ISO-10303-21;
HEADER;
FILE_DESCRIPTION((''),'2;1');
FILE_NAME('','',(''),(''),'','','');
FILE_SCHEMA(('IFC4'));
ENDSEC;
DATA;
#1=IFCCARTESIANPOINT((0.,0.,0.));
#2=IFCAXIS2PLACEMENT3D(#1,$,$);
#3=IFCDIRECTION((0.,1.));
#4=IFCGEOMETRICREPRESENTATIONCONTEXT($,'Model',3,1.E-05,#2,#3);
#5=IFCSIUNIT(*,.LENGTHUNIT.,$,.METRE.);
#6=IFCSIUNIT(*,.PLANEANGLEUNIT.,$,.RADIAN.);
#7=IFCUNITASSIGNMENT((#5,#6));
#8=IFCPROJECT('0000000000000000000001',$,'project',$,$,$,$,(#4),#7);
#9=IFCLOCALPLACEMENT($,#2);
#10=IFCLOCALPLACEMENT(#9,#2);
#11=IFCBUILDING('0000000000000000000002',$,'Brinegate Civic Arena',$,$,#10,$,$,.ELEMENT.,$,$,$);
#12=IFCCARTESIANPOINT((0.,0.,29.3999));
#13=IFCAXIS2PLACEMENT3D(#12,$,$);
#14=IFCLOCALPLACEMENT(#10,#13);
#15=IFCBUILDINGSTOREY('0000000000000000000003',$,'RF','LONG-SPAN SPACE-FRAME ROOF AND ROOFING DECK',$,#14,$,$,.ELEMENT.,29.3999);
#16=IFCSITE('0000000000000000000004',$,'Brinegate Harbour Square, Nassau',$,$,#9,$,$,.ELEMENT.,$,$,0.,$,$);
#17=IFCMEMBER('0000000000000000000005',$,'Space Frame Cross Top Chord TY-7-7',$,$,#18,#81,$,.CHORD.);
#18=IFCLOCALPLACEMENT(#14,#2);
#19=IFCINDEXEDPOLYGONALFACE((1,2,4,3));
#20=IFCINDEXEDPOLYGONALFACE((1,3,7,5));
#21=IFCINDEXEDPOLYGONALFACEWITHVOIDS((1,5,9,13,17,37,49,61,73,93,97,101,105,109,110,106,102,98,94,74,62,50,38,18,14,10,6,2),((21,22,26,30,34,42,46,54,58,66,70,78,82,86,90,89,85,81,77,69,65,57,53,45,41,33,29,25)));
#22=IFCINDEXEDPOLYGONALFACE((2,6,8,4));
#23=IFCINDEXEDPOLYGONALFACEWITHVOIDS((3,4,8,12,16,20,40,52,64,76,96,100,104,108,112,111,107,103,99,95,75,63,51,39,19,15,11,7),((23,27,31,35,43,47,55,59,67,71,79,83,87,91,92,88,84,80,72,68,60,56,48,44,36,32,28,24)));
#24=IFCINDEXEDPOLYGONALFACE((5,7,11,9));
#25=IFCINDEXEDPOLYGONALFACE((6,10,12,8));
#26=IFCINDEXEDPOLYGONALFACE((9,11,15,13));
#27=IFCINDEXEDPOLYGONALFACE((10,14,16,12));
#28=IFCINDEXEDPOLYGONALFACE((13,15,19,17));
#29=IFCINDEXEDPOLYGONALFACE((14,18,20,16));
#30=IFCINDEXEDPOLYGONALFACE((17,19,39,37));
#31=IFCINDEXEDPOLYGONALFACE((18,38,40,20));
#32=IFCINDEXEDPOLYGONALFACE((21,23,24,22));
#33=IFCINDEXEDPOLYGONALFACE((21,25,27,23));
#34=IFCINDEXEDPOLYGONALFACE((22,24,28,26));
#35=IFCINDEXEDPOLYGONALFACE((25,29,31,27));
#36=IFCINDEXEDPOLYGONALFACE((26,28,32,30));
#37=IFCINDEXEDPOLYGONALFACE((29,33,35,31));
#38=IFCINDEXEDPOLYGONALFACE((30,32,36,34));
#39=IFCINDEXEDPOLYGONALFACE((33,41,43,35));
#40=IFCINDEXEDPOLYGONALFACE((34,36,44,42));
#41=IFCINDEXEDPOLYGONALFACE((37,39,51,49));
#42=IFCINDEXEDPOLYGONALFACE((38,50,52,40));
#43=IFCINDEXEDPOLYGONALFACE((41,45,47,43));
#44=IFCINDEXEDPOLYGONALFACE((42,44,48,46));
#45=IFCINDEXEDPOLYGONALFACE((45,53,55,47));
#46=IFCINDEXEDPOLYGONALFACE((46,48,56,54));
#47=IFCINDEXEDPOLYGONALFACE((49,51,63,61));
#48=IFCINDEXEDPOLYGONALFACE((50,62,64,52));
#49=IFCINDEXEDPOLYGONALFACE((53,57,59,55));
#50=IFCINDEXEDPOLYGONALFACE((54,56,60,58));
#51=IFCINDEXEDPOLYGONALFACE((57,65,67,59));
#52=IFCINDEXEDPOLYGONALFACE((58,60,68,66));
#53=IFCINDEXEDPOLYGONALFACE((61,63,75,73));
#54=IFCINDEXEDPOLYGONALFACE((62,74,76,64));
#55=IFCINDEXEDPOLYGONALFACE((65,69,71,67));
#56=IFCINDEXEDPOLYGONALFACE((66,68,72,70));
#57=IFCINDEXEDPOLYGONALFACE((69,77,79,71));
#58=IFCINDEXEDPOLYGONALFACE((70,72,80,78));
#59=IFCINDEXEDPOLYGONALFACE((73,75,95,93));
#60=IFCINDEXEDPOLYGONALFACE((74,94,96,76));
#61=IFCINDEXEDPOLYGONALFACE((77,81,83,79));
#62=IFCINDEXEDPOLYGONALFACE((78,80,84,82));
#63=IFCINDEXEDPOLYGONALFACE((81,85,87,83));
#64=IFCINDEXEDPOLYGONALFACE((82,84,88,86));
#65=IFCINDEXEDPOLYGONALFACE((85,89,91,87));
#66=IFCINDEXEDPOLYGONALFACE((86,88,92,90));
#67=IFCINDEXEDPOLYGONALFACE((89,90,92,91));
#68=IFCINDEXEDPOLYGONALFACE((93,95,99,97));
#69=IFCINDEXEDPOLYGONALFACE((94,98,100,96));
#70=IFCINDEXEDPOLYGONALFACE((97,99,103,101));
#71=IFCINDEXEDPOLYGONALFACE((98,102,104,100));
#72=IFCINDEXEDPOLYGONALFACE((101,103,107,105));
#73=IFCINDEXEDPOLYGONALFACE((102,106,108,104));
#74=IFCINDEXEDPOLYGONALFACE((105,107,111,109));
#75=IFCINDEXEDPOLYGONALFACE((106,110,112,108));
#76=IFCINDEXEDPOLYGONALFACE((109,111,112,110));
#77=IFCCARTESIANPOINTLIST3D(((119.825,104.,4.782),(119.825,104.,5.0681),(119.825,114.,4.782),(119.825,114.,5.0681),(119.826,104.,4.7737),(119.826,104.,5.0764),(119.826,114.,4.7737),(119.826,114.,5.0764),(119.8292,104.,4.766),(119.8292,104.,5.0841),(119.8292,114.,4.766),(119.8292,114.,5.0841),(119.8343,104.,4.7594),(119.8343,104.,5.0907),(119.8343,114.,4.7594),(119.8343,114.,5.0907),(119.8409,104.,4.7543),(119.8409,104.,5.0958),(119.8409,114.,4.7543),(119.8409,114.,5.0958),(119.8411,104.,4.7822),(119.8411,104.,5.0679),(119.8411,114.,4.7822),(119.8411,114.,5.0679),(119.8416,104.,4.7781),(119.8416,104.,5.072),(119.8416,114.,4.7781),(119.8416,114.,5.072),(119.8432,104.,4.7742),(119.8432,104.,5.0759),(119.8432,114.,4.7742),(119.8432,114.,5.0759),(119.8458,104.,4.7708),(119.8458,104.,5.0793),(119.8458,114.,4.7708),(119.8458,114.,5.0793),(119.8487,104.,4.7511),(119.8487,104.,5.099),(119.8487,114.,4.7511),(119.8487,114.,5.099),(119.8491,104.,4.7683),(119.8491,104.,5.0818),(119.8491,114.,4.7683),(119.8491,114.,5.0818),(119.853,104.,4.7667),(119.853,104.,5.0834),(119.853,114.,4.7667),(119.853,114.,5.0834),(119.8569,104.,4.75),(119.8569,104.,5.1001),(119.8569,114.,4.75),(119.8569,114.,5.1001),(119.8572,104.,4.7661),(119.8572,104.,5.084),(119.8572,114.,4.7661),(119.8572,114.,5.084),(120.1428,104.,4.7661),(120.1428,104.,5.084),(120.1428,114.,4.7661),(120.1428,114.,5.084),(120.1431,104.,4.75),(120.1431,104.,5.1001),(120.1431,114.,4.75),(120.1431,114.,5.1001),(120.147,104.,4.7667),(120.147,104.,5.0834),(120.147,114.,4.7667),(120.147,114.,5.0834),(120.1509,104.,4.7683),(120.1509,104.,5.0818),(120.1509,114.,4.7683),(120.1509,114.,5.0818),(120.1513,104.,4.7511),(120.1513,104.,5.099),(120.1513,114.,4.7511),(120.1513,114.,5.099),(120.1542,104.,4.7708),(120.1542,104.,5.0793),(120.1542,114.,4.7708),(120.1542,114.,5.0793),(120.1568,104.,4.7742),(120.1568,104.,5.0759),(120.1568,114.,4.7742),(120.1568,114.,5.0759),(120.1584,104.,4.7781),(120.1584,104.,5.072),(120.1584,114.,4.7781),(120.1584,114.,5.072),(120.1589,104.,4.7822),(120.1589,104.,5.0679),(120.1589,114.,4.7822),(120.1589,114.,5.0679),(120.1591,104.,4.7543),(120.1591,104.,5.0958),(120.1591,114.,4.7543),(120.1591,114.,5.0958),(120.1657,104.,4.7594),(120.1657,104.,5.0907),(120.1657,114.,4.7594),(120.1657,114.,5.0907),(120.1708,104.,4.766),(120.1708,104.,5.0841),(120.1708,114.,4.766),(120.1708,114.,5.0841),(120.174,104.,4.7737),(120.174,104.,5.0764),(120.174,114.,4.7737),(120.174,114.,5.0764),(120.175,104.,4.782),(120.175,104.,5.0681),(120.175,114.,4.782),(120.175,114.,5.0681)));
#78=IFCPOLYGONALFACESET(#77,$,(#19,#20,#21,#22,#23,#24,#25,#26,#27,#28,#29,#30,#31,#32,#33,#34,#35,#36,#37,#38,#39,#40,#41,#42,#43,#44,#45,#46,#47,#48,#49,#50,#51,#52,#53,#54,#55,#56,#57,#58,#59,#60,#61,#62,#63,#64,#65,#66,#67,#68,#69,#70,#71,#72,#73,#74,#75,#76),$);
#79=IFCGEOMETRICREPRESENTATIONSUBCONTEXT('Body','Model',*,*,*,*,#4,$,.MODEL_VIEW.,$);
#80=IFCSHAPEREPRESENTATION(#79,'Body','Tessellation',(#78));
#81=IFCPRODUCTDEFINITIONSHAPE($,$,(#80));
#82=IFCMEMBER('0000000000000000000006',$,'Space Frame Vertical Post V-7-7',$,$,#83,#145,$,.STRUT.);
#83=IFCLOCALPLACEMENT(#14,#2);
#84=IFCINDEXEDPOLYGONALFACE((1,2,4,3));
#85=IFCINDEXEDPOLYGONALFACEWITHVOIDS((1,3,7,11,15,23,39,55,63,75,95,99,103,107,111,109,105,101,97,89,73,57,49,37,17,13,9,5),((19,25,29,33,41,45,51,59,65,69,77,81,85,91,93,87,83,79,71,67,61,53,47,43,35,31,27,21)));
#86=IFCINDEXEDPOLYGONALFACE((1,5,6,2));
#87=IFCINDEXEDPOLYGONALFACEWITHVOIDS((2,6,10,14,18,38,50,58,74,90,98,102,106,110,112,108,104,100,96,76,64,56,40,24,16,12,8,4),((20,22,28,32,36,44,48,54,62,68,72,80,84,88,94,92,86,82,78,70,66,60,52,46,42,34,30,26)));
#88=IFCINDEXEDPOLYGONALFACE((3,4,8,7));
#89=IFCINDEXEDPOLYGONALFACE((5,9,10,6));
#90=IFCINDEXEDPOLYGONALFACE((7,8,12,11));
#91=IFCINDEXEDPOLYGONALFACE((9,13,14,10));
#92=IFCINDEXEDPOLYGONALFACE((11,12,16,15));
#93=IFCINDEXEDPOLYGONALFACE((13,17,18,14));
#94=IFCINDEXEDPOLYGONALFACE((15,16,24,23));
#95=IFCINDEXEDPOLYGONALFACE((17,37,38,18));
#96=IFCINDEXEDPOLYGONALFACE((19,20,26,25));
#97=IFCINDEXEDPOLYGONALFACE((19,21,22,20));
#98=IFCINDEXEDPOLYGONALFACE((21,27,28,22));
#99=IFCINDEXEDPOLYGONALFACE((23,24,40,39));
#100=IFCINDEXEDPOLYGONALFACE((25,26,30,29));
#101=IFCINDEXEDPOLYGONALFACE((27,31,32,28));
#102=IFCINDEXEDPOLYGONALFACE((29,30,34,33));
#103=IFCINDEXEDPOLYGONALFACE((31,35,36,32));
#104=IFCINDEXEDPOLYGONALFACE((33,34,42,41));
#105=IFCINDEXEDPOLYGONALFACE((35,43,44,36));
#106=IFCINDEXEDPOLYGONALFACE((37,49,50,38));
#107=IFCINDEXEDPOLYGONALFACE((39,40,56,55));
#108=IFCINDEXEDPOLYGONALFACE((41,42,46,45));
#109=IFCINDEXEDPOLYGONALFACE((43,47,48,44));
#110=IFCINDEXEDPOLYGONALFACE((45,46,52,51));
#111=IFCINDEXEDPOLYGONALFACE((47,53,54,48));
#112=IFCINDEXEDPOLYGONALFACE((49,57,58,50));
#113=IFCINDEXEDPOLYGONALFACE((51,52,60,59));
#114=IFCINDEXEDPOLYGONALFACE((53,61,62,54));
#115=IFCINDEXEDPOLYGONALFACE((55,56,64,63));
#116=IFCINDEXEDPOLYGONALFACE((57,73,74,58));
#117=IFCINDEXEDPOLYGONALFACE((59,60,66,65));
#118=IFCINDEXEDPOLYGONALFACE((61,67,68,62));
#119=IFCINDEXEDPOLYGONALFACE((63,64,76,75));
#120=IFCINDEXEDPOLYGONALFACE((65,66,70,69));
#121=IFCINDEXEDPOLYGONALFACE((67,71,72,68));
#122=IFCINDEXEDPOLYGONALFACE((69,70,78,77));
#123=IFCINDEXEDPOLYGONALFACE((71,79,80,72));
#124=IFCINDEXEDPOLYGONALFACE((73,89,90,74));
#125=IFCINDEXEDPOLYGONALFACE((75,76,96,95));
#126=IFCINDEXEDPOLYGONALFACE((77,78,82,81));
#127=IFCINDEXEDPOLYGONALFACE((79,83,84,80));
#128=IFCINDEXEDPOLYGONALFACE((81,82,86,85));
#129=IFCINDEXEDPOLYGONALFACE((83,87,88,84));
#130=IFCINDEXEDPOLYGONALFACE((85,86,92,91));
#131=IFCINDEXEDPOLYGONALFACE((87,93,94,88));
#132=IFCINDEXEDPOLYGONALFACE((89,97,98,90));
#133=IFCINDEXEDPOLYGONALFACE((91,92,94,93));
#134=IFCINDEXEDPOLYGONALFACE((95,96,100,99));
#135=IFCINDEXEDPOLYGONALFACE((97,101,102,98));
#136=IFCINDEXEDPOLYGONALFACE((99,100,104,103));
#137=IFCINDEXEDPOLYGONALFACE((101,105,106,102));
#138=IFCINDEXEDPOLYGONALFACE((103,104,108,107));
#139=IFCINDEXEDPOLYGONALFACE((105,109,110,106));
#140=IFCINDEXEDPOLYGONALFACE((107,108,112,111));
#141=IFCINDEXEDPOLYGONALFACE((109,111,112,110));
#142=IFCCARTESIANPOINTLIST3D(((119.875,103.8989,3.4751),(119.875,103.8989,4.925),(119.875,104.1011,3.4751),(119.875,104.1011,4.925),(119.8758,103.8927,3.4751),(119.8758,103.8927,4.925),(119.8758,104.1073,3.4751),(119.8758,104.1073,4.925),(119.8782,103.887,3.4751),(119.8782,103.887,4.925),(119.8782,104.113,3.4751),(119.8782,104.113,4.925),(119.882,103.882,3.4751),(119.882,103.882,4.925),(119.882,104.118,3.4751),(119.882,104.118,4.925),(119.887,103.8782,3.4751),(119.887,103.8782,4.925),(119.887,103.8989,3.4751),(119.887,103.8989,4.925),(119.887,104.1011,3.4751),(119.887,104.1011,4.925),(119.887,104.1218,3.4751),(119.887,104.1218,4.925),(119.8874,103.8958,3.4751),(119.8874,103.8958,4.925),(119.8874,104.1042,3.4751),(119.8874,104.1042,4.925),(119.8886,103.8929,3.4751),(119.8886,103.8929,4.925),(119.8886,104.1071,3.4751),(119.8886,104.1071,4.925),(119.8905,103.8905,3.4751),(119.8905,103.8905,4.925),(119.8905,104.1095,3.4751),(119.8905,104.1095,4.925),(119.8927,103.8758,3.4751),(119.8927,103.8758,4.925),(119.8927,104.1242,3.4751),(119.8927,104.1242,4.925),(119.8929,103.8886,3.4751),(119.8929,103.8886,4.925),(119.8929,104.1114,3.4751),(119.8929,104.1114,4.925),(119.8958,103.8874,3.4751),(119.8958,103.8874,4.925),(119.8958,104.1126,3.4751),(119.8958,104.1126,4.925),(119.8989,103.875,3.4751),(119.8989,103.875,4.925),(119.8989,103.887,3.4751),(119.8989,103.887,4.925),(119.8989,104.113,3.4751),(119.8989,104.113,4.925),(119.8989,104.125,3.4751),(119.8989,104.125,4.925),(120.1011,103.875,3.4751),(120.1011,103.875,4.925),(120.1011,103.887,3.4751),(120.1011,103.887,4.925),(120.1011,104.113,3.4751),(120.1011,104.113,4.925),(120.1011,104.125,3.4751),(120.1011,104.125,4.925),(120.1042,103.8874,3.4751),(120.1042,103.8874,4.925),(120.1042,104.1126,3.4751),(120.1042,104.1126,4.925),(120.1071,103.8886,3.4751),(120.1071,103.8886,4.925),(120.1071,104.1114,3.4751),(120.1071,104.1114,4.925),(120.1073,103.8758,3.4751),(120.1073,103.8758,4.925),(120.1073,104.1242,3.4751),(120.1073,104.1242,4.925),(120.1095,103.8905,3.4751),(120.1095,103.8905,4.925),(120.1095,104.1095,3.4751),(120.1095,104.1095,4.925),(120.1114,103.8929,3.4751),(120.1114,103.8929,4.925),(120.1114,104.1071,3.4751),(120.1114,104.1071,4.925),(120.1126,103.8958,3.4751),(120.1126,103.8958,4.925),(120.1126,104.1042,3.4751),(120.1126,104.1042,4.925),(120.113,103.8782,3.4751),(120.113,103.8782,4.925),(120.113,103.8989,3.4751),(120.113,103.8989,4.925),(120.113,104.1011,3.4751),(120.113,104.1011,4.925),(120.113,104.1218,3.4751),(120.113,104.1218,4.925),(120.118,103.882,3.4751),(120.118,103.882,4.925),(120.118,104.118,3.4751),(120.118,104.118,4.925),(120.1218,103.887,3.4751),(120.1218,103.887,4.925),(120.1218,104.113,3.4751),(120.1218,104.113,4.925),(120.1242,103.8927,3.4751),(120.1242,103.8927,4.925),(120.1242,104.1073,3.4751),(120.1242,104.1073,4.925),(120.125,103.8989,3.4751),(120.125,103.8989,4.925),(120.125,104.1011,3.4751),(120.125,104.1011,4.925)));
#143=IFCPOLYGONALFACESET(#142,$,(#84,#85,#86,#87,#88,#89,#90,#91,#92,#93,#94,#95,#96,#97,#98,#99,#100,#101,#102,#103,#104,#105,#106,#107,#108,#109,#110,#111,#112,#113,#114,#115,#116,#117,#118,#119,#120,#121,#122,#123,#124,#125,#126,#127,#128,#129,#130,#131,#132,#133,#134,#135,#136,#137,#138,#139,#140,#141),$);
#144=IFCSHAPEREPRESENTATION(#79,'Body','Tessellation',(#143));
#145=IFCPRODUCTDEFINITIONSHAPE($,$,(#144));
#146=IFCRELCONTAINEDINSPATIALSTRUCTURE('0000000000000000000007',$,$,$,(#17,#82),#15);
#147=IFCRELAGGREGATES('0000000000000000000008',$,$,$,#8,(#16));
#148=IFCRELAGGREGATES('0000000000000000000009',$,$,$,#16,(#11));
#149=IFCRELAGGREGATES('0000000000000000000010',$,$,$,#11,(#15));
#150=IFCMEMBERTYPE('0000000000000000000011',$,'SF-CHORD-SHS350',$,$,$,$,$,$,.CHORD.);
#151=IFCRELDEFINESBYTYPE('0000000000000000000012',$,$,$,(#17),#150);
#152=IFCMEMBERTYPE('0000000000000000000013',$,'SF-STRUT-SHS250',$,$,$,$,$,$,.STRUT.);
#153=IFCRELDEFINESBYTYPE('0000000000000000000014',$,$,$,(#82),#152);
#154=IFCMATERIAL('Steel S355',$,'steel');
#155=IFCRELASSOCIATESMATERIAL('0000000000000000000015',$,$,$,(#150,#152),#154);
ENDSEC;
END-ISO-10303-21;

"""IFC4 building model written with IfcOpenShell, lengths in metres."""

from ifc_helpers import new_model, si_unit, direction, frame, origin, origin_2d, place, context, subcontext, project, spatial, hollow_rectangle, extrude, material, material_profile, profile_set, type_object, element, save


model = new_model("IFC4")

# Units and contexts
model_context = context("Model", 3, precision=1e-05, world=origin(), true_north=direction((0.0, 1.0)))
body_context = subcontext(model_context, "Body", "Model", "MODEL_VIEW")
ifc_project = project(units=[si_unit("LENGTHUNIT", "METRE"), si_unit("PLANEANGLEUNIT", "RADIAN")], contexts=[model_context])

# Site, building, storey
site_placement = place(None, origin())
site = spatial("IfcSite", under=ifc_project, at=site_placement, Name="Brinegate Harbour Square, Nassau", CompositionType="ELEMENT", RefElevation=0.0)
building_placement = place(site_placement, origin())
building = spatial("IfcBuilding", under=site, at=building_placement, Name="Brinegate Civic Arena", CompositionType="ELEMENT")
storey_placement = place(building_placement, frame((0.0, 0.0, 29.3999)))
storey = spatial("IfcBuildingStorey", under=building, at=storey_placement, Name="RF", Description="LONG-SPAN SPACE-FRAME ROOF AND ROOFING DECK", CompositionType="ELEMENT", Elevation=29.3999)

# Shared definitions
ifc_material_1 = material(Name="Steel S355", Category="steel")

# Members
ifc_material_profile_1 = material_profile(ifc_material_1, hollow_rectangle(XDim=0.3501, YDim=0.3501, WallThickness=0.0161, InnerFilletRadius=0.0161, OuterFilletRadius=0.032, at=origin_2d()), Name="SHS350X16")
ifc_profile_set_1 = profile_set([ifc_material_profile_1], Name="Steel S355")
member_type_1 = type_object("IfcMemberType", Name="SF-CHORD-SHS350", PredefinedType="CHORD", material=ifc_profile_set_1)
member_1_placement = place(storey_placement, frame((120.0, 104.0, 4.925), z_axis=(0.0, 1.0, 0.0), x_axis=(-1.0, 0.0, 0.0)))
element("IfcMember", 1, at=member_1_placement, inside=storey, type_object=member_type_1, Name="Space Frame Cross Top Chord TY-7-7", PredefinedType="CHORD", context=body_context, shape_type="SweptSolid", body=[
    extrude(hollow_rectangle(XDim=0.3501, YDim=0.3501, WallThickness=0.0161, InnerFilletRadius=0.0161, OuterFilletRadius=0.032, at=origin_2d()), origin(), (0.0, 0.0, 1.0), 10.0),
])
ifc_material_profile_2 = material_profile(ifc_material_1, hollow_rectangle(XDim=0.25, YDim=0.25, WallThickness=0.012, InnerFilletRadius=0.012, OuterFilletRadius=0.0239, at=origin_2d()), Name="SHS250X12")
ifc_profile_set_2 = profile_set([ifc_material_profile_2], Name="Steel S355")
member_type_2 = type_object("IfcMemberType", Name="SF-STRUT-SHS250", PredefinedType="STRUT", material=ifc_profile_set_2)
for number, where, z_axis, x_axis, name in (
    (2, (120.0, 104.0, 3.4751), (0.0, 0.0, 1.0), (1.0, 0.0, 0.0), "Space Frame Vertical Post V-7-7"),
):
    element("IfcMember", number, at=place(storey_placement, frame(where, z_axis=z_axis, x_axis=x_axis)), inside=storey, type_object=member_type_2, Name=name, PredefinedType="STRUT", context=body_context, shape_type="SweptSolid", body=[
        extrude(hollow_rectangle(XDim=0.25, YDim=0.25, WallThickness=0.012, InnerFilletRadius=0.012, OuterFilletRadius=0.0239, at=origin_2d()), origin(), (0.0, 0.0, 1.0), 1.45),
    ])

save(model, "model.ifc")
